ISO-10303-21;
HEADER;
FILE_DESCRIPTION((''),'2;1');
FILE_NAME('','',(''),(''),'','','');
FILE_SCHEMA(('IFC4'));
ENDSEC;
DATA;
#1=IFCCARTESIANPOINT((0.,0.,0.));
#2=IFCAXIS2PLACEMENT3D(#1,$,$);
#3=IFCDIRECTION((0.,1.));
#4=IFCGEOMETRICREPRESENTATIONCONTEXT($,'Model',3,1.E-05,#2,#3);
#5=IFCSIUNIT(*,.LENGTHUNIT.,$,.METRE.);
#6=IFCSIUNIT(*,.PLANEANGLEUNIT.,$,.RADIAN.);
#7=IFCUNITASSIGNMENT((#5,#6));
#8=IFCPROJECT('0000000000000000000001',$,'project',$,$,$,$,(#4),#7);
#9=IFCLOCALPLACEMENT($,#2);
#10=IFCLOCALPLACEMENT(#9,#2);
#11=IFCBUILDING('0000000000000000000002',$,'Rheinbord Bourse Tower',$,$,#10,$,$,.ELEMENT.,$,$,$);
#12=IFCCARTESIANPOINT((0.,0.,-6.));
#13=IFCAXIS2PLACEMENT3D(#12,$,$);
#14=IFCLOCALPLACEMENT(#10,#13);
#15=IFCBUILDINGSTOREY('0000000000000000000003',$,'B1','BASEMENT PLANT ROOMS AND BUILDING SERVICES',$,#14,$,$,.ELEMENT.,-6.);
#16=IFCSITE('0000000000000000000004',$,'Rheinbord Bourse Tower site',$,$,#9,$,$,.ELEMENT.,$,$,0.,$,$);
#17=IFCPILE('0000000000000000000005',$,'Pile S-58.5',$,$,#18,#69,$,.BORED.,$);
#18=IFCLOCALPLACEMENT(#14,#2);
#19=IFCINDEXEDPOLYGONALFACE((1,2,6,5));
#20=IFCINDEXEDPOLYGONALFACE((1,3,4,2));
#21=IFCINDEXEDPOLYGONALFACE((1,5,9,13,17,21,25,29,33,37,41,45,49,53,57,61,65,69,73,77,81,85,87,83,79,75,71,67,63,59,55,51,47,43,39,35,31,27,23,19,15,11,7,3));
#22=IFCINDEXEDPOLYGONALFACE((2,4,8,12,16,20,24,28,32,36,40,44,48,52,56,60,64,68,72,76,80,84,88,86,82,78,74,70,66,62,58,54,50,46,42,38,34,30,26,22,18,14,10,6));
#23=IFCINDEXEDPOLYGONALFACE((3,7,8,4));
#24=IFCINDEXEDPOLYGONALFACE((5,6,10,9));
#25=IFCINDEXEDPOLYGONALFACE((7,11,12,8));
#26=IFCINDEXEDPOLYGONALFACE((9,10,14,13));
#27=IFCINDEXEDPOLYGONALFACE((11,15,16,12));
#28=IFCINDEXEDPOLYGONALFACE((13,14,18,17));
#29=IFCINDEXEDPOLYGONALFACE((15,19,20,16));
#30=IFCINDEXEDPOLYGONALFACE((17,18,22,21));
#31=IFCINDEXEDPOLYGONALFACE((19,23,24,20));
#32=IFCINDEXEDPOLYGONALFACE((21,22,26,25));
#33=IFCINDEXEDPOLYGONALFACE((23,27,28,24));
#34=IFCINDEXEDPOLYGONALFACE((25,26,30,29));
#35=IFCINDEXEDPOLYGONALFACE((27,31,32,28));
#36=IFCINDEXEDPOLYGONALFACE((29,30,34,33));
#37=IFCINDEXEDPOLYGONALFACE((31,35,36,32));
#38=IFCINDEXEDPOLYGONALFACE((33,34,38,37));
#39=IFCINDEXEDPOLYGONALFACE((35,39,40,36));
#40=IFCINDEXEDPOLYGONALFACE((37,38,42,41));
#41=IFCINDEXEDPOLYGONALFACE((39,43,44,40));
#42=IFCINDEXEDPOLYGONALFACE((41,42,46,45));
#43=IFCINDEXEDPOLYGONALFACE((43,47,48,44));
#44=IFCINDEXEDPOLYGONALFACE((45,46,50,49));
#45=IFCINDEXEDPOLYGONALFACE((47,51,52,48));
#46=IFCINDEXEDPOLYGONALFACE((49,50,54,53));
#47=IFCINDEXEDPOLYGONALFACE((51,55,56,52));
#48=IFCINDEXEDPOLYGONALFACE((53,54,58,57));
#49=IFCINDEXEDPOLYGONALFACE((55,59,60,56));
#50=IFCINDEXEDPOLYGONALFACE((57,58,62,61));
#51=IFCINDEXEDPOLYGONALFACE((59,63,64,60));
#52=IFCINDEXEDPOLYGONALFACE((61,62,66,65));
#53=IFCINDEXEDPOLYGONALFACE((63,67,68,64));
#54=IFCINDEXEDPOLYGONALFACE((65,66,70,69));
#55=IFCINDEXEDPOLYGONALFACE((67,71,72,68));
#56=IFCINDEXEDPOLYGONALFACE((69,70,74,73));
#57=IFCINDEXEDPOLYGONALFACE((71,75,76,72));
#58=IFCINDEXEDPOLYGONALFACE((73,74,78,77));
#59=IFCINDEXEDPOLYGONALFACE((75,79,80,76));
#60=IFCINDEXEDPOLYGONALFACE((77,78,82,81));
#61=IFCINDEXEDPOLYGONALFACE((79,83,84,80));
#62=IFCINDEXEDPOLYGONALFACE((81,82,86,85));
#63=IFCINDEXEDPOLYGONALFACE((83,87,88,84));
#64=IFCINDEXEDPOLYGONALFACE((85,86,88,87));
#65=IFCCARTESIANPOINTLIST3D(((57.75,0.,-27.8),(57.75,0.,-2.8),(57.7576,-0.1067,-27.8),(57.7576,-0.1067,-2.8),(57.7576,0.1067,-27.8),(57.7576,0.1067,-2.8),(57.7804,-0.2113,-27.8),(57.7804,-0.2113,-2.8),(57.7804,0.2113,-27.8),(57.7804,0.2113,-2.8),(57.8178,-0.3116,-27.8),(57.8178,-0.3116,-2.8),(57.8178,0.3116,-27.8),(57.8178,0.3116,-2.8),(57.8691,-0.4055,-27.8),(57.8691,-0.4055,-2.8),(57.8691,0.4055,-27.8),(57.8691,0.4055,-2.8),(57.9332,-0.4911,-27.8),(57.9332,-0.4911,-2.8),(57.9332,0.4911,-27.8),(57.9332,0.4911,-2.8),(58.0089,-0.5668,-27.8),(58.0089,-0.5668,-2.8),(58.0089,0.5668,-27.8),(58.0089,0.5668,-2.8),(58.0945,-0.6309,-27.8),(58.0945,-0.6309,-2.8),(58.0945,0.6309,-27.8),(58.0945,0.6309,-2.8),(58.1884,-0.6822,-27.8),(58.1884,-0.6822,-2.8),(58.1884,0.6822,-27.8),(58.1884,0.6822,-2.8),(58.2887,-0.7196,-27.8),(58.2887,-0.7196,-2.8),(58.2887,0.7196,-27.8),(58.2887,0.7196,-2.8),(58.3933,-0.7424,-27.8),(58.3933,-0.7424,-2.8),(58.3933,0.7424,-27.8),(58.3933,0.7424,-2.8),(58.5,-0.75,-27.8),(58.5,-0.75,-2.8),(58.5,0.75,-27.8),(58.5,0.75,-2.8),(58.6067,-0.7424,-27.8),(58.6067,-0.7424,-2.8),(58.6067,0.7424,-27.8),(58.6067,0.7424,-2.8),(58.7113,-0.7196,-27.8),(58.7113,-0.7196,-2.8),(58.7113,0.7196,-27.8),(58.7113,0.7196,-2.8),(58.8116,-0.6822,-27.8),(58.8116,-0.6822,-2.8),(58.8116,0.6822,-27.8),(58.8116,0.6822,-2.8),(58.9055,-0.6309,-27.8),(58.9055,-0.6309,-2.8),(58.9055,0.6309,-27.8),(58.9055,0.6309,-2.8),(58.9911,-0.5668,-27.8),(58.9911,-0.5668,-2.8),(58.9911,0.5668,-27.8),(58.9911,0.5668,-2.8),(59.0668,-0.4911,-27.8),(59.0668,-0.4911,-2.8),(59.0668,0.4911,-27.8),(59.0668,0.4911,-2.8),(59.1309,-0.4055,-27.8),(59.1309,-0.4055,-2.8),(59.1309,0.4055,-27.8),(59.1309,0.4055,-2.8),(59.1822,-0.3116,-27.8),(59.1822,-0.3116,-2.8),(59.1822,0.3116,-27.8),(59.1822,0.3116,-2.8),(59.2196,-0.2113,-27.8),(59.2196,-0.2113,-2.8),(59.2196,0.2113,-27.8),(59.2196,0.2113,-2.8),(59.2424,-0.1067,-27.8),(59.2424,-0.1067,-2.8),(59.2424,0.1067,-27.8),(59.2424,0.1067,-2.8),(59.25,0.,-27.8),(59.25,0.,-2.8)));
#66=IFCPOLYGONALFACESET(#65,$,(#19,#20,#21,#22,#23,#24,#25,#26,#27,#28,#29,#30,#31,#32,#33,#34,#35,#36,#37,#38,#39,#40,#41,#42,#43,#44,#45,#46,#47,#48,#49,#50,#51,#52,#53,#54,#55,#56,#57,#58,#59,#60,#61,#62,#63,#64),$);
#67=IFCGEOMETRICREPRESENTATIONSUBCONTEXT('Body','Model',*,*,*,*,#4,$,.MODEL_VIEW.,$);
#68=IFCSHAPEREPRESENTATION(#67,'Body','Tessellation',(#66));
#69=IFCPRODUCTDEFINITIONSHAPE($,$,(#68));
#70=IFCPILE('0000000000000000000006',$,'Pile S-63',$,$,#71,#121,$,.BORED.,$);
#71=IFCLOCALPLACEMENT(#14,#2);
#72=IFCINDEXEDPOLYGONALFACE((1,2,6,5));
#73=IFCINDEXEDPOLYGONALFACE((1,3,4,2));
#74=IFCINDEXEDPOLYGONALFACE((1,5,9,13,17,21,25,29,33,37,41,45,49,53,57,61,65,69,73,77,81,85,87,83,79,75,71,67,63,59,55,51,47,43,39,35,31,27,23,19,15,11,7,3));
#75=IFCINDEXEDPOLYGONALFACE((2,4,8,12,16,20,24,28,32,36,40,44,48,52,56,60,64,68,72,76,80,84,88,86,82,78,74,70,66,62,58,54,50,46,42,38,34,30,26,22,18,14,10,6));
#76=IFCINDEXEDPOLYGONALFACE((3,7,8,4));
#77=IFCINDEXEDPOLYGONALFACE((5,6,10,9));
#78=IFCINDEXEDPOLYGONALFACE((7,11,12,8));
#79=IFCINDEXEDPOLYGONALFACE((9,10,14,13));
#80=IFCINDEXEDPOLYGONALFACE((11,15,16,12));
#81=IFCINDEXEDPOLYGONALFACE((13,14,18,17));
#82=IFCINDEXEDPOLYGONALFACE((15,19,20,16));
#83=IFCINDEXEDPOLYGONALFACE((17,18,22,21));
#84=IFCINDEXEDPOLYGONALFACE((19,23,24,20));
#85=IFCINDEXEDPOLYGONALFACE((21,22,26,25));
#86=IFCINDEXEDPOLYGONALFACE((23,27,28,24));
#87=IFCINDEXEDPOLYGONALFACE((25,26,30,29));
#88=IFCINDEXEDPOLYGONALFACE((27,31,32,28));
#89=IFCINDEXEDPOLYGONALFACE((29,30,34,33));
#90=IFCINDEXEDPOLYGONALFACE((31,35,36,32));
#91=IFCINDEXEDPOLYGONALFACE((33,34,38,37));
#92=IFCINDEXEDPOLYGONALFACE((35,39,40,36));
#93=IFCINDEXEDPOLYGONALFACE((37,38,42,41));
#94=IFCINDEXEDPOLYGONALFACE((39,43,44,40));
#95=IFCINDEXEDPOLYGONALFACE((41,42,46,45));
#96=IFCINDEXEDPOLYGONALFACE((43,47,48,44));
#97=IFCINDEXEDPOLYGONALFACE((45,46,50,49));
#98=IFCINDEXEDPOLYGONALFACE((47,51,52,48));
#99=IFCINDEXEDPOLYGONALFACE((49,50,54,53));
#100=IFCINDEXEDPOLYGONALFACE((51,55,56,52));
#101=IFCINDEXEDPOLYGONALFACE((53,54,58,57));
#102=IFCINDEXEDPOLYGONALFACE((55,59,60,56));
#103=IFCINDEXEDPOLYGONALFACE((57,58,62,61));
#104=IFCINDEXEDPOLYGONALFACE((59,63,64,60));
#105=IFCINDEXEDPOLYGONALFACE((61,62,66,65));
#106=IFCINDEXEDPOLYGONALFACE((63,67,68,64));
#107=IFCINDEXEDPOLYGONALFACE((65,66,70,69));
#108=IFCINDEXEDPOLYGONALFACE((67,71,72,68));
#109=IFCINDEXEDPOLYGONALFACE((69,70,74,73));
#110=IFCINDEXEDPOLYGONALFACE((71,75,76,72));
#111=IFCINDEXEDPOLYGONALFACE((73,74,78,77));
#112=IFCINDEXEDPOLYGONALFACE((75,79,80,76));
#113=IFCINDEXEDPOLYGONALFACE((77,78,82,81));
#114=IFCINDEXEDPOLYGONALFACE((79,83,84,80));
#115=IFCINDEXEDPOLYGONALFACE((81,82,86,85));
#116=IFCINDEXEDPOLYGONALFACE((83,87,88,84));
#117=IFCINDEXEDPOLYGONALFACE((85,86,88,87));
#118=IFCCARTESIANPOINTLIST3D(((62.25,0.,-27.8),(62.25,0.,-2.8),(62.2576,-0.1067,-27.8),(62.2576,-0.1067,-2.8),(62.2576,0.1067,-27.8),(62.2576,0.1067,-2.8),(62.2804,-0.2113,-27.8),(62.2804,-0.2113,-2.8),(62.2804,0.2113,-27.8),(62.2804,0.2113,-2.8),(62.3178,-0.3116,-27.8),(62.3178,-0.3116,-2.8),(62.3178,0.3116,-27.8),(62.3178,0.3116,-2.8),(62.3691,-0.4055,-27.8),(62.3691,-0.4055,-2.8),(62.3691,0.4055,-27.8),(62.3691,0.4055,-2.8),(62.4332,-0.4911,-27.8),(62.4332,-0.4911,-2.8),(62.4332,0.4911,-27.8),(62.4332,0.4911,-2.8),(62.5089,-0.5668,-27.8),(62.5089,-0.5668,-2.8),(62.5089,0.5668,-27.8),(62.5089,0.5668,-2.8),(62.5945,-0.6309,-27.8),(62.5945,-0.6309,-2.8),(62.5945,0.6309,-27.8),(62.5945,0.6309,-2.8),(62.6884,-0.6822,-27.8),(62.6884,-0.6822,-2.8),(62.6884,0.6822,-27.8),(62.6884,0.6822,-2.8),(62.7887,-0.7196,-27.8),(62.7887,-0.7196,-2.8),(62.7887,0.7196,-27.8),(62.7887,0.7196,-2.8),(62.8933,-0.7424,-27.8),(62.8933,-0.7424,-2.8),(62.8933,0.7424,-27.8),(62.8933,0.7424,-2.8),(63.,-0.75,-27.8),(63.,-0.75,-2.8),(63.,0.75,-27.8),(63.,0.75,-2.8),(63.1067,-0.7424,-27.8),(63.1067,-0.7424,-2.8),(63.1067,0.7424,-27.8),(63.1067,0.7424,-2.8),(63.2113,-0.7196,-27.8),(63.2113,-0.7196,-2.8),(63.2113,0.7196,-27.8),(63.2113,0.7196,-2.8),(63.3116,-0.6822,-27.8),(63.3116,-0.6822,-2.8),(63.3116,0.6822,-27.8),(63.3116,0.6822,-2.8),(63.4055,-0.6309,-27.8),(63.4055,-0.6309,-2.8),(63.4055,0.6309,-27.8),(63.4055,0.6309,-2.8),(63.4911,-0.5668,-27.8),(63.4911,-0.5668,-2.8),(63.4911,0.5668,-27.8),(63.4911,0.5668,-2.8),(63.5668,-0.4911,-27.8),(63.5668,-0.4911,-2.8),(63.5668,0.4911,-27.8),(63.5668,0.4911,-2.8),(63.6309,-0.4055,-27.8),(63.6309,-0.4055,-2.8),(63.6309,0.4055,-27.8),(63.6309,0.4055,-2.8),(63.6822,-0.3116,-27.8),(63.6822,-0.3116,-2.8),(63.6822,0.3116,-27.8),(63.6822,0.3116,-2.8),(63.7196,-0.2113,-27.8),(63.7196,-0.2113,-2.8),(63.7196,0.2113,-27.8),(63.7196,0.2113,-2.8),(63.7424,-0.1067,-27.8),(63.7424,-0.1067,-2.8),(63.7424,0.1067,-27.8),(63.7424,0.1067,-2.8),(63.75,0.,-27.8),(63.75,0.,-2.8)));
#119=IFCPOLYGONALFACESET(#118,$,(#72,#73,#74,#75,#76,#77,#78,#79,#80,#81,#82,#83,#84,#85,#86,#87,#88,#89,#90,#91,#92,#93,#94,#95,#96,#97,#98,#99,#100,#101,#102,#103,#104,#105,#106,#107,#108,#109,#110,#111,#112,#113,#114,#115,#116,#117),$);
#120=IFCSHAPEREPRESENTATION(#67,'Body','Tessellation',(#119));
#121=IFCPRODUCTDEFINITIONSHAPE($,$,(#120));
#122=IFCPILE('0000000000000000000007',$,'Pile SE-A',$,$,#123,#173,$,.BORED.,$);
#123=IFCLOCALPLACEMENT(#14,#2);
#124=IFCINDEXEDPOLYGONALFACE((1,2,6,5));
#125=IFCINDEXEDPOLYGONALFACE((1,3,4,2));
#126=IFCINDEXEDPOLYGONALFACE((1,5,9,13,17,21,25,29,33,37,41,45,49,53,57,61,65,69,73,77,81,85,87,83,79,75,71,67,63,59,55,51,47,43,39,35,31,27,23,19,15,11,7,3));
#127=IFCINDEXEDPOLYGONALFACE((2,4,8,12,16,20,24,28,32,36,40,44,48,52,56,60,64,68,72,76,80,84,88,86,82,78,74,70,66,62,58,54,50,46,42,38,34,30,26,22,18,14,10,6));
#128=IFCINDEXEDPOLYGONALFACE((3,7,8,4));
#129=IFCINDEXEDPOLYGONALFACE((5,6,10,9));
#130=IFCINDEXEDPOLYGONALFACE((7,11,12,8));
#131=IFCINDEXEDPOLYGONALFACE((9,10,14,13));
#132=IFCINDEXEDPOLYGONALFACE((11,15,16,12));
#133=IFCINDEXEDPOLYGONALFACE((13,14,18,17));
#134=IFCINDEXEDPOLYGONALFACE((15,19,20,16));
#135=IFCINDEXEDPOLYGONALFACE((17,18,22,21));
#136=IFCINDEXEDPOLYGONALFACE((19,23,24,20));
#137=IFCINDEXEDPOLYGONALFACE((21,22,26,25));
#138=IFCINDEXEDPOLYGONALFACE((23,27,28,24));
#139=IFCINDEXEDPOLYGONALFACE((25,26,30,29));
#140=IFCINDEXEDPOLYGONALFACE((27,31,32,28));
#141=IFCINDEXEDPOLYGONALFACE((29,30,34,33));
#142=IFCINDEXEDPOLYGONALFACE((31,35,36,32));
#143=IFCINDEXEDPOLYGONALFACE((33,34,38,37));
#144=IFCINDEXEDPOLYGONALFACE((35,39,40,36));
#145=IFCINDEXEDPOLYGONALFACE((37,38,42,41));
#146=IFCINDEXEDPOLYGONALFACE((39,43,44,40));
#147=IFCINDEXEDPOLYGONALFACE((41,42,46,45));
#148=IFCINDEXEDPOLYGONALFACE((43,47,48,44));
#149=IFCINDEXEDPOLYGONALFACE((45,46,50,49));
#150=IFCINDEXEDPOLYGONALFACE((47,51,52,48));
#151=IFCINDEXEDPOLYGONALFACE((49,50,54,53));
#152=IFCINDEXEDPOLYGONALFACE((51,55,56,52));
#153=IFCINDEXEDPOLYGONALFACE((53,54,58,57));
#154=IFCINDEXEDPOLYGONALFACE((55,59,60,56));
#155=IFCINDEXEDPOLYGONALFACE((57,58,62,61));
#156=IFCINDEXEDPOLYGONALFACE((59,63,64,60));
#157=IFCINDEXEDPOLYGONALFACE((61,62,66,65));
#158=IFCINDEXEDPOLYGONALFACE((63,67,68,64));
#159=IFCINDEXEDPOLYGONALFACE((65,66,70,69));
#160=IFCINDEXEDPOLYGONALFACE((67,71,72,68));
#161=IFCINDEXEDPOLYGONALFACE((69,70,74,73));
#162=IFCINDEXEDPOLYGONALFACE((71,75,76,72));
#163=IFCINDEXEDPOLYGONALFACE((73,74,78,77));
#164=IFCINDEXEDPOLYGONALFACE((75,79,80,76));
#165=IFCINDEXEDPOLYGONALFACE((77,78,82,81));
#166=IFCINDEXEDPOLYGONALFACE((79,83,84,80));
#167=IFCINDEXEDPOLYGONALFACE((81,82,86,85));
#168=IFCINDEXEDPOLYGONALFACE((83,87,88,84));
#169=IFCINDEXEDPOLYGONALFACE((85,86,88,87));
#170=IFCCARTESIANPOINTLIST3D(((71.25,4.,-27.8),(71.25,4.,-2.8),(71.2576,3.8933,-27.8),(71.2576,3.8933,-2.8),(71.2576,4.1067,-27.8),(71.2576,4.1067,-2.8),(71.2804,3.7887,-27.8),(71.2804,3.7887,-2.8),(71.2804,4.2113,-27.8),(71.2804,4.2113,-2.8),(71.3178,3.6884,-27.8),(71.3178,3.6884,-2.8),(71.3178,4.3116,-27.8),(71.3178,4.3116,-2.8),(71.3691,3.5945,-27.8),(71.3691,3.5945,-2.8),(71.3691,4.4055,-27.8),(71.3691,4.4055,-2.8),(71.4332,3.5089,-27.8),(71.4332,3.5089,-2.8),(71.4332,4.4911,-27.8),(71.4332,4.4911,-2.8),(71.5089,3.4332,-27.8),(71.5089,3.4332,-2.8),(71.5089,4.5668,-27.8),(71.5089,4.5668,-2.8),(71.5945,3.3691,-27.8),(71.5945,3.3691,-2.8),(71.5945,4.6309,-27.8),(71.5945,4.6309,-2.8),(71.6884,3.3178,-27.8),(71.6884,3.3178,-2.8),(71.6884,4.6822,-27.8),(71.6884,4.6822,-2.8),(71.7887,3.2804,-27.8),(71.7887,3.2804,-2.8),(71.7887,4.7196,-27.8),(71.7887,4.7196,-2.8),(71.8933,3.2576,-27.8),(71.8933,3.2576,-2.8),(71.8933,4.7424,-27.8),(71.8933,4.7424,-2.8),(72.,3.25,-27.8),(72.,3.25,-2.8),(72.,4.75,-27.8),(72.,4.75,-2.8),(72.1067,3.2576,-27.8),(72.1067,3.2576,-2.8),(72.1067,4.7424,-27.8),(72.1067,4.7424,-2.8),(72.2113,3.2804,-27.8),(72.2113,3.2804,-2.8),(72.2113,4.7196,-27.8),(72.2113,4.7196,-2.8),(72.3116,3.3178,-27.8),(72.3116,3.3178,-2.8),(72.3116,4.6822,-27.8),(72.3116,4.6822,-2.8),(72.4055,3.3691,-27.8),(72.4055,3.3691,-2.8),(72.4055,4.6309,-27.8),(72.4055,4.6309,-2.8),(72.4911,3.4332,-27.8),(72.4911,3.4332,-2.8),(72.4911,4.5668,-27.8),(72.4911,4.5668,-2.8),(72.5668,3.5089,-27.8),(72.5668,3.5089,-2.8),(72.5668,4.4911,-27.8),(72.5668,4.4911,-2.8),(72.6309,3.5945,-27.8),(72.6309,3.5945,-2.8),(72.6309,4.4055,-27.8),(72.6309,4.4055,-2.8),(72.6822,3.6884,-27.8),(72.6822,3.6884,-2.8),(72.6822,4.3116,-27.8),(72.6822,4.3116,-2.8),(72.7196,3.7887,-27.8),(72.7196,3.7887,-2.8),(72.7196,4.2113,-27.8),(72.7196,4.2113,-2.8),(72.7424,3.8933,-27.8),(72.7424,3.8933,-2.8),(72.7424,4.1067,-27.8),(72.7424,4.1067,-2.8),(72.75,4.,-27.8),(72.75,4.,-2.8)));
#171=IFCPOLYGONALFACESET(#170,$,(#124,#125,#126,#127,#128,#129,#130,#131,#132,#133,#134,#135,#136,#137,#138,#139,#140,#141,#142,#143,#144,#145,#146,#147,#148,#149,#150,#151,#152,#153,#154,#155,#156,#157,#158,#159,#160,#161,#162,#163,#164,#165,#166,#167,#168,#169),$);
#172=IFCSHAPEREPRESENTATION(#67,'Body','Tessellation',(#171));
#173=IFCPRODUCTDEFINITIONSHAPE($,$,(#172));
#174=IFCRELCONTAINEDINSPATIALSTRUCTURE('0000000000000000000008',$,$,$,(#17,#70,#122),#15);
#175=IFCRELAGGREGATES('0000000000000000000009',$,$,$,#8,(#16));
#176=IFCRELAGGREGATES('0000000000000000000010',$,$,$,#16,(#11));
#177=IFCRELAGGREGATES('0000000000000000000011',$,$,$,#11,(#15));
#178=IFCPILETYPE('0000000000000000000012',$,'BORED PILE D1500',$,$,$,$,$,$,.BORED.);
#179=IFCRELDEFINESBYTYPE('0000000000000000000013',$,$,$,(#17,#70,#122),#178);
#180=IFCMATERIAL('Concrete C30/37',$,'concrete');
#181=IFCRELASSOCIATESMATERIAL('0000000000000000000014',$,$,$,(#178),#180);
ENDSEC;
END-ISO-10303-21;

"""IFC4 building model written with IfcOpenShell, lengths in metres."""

from ifc_helpers import new_model, si_unit, direction, frame, origin, origin_2d, place, context, subcontext, project, spatial, circle, extrude, material, material_profile, profile_set, type_object, element, save


model = new_model("IFC4")

# Units and contexts
model_context = context("Model", 3, precision=1e-05, world=origin(), true_north=direction((0.0, 1.0)))
body_context = subcontext(model_context, "Body", "Model", "MODEL_VIEW")
ifc_project = project(units=[si_unit("LENGTHUNIT", "METRE"), si_unit("PLANEANGLEUNIT", "RADIAN")], contexts=[model_context])

# Site, building, storey
site_placement = place(None, origin())
site = spatial("IfcSite", under=ifc_project, at=site_placement, Name="Rheinbord Bourse Tower site", CompositionType="ELEMENT", RefElevation=0.0)
building_placement = place(site_placement, origin())
building = spatial("IfcBuilding", under=site, at=building_placement, Name="Rheinbord Bourse Tower", CompositionType="ELEMENT")
storey_placement = place(building_placement, frame((0.0, 0.0, -6.0)))
storey = spatial("IfcBuildingStorey", under=building, at=storey_placement, Name="B1", Description="BASEMENT PLANT ROOMS AND BUILDING SERVICES", CompositionType="ELEMENT", Elevation=-6.0)

# Piles
ifc_material_1 = material(Name="Concrete C30/37", Category="concrete")
ifc_material_profile_1 = material_profile(ifc_material_1, circle(Radius=0.75, at=origin_2d()), Name="D1500")
ifc_profile_set_1 = profile_set([ifc_material_profile_1], Name="Concrete C30/37")
pile_type = type_object("IfcPileType", Name="BORED PILE D1500", PredefinedType="BORED", material=ifc_profile_set_1)
for number, where, z_axis, x_axis, name in (
    (1, (58.5, 0.0, -2.8), (0.0, 0.0, -1.0), (1.0, 0.0, 0.0), "Pile S-58.5"),
    (2, (63.0, 0.0, -2.8), (0.0, 0.0, -1.0), (1.0, 0.0, 0.0), "Pile S-63"),
    (3, (72.0, 4.0, -2.8), (0.0, 0.0, -1.0), (1.0, 0.0, 0.0), "Pile SE-A"),
):
    element("IfcPile", number, at=place(storey_placement, frame(where, z_axis=z_axis, x_axis=x_axis)), inside=storey, type_object=pile_type, Name=name, PredefinedType="BORED", context=body_context, shape_type="SweptSolid", body=[
        extrude(circle(Radius=0.75, at=origin_2d()), origin(), (0.0, 0.0, 1.0), 25.0),
    ])

save(model, "model.ifc")
